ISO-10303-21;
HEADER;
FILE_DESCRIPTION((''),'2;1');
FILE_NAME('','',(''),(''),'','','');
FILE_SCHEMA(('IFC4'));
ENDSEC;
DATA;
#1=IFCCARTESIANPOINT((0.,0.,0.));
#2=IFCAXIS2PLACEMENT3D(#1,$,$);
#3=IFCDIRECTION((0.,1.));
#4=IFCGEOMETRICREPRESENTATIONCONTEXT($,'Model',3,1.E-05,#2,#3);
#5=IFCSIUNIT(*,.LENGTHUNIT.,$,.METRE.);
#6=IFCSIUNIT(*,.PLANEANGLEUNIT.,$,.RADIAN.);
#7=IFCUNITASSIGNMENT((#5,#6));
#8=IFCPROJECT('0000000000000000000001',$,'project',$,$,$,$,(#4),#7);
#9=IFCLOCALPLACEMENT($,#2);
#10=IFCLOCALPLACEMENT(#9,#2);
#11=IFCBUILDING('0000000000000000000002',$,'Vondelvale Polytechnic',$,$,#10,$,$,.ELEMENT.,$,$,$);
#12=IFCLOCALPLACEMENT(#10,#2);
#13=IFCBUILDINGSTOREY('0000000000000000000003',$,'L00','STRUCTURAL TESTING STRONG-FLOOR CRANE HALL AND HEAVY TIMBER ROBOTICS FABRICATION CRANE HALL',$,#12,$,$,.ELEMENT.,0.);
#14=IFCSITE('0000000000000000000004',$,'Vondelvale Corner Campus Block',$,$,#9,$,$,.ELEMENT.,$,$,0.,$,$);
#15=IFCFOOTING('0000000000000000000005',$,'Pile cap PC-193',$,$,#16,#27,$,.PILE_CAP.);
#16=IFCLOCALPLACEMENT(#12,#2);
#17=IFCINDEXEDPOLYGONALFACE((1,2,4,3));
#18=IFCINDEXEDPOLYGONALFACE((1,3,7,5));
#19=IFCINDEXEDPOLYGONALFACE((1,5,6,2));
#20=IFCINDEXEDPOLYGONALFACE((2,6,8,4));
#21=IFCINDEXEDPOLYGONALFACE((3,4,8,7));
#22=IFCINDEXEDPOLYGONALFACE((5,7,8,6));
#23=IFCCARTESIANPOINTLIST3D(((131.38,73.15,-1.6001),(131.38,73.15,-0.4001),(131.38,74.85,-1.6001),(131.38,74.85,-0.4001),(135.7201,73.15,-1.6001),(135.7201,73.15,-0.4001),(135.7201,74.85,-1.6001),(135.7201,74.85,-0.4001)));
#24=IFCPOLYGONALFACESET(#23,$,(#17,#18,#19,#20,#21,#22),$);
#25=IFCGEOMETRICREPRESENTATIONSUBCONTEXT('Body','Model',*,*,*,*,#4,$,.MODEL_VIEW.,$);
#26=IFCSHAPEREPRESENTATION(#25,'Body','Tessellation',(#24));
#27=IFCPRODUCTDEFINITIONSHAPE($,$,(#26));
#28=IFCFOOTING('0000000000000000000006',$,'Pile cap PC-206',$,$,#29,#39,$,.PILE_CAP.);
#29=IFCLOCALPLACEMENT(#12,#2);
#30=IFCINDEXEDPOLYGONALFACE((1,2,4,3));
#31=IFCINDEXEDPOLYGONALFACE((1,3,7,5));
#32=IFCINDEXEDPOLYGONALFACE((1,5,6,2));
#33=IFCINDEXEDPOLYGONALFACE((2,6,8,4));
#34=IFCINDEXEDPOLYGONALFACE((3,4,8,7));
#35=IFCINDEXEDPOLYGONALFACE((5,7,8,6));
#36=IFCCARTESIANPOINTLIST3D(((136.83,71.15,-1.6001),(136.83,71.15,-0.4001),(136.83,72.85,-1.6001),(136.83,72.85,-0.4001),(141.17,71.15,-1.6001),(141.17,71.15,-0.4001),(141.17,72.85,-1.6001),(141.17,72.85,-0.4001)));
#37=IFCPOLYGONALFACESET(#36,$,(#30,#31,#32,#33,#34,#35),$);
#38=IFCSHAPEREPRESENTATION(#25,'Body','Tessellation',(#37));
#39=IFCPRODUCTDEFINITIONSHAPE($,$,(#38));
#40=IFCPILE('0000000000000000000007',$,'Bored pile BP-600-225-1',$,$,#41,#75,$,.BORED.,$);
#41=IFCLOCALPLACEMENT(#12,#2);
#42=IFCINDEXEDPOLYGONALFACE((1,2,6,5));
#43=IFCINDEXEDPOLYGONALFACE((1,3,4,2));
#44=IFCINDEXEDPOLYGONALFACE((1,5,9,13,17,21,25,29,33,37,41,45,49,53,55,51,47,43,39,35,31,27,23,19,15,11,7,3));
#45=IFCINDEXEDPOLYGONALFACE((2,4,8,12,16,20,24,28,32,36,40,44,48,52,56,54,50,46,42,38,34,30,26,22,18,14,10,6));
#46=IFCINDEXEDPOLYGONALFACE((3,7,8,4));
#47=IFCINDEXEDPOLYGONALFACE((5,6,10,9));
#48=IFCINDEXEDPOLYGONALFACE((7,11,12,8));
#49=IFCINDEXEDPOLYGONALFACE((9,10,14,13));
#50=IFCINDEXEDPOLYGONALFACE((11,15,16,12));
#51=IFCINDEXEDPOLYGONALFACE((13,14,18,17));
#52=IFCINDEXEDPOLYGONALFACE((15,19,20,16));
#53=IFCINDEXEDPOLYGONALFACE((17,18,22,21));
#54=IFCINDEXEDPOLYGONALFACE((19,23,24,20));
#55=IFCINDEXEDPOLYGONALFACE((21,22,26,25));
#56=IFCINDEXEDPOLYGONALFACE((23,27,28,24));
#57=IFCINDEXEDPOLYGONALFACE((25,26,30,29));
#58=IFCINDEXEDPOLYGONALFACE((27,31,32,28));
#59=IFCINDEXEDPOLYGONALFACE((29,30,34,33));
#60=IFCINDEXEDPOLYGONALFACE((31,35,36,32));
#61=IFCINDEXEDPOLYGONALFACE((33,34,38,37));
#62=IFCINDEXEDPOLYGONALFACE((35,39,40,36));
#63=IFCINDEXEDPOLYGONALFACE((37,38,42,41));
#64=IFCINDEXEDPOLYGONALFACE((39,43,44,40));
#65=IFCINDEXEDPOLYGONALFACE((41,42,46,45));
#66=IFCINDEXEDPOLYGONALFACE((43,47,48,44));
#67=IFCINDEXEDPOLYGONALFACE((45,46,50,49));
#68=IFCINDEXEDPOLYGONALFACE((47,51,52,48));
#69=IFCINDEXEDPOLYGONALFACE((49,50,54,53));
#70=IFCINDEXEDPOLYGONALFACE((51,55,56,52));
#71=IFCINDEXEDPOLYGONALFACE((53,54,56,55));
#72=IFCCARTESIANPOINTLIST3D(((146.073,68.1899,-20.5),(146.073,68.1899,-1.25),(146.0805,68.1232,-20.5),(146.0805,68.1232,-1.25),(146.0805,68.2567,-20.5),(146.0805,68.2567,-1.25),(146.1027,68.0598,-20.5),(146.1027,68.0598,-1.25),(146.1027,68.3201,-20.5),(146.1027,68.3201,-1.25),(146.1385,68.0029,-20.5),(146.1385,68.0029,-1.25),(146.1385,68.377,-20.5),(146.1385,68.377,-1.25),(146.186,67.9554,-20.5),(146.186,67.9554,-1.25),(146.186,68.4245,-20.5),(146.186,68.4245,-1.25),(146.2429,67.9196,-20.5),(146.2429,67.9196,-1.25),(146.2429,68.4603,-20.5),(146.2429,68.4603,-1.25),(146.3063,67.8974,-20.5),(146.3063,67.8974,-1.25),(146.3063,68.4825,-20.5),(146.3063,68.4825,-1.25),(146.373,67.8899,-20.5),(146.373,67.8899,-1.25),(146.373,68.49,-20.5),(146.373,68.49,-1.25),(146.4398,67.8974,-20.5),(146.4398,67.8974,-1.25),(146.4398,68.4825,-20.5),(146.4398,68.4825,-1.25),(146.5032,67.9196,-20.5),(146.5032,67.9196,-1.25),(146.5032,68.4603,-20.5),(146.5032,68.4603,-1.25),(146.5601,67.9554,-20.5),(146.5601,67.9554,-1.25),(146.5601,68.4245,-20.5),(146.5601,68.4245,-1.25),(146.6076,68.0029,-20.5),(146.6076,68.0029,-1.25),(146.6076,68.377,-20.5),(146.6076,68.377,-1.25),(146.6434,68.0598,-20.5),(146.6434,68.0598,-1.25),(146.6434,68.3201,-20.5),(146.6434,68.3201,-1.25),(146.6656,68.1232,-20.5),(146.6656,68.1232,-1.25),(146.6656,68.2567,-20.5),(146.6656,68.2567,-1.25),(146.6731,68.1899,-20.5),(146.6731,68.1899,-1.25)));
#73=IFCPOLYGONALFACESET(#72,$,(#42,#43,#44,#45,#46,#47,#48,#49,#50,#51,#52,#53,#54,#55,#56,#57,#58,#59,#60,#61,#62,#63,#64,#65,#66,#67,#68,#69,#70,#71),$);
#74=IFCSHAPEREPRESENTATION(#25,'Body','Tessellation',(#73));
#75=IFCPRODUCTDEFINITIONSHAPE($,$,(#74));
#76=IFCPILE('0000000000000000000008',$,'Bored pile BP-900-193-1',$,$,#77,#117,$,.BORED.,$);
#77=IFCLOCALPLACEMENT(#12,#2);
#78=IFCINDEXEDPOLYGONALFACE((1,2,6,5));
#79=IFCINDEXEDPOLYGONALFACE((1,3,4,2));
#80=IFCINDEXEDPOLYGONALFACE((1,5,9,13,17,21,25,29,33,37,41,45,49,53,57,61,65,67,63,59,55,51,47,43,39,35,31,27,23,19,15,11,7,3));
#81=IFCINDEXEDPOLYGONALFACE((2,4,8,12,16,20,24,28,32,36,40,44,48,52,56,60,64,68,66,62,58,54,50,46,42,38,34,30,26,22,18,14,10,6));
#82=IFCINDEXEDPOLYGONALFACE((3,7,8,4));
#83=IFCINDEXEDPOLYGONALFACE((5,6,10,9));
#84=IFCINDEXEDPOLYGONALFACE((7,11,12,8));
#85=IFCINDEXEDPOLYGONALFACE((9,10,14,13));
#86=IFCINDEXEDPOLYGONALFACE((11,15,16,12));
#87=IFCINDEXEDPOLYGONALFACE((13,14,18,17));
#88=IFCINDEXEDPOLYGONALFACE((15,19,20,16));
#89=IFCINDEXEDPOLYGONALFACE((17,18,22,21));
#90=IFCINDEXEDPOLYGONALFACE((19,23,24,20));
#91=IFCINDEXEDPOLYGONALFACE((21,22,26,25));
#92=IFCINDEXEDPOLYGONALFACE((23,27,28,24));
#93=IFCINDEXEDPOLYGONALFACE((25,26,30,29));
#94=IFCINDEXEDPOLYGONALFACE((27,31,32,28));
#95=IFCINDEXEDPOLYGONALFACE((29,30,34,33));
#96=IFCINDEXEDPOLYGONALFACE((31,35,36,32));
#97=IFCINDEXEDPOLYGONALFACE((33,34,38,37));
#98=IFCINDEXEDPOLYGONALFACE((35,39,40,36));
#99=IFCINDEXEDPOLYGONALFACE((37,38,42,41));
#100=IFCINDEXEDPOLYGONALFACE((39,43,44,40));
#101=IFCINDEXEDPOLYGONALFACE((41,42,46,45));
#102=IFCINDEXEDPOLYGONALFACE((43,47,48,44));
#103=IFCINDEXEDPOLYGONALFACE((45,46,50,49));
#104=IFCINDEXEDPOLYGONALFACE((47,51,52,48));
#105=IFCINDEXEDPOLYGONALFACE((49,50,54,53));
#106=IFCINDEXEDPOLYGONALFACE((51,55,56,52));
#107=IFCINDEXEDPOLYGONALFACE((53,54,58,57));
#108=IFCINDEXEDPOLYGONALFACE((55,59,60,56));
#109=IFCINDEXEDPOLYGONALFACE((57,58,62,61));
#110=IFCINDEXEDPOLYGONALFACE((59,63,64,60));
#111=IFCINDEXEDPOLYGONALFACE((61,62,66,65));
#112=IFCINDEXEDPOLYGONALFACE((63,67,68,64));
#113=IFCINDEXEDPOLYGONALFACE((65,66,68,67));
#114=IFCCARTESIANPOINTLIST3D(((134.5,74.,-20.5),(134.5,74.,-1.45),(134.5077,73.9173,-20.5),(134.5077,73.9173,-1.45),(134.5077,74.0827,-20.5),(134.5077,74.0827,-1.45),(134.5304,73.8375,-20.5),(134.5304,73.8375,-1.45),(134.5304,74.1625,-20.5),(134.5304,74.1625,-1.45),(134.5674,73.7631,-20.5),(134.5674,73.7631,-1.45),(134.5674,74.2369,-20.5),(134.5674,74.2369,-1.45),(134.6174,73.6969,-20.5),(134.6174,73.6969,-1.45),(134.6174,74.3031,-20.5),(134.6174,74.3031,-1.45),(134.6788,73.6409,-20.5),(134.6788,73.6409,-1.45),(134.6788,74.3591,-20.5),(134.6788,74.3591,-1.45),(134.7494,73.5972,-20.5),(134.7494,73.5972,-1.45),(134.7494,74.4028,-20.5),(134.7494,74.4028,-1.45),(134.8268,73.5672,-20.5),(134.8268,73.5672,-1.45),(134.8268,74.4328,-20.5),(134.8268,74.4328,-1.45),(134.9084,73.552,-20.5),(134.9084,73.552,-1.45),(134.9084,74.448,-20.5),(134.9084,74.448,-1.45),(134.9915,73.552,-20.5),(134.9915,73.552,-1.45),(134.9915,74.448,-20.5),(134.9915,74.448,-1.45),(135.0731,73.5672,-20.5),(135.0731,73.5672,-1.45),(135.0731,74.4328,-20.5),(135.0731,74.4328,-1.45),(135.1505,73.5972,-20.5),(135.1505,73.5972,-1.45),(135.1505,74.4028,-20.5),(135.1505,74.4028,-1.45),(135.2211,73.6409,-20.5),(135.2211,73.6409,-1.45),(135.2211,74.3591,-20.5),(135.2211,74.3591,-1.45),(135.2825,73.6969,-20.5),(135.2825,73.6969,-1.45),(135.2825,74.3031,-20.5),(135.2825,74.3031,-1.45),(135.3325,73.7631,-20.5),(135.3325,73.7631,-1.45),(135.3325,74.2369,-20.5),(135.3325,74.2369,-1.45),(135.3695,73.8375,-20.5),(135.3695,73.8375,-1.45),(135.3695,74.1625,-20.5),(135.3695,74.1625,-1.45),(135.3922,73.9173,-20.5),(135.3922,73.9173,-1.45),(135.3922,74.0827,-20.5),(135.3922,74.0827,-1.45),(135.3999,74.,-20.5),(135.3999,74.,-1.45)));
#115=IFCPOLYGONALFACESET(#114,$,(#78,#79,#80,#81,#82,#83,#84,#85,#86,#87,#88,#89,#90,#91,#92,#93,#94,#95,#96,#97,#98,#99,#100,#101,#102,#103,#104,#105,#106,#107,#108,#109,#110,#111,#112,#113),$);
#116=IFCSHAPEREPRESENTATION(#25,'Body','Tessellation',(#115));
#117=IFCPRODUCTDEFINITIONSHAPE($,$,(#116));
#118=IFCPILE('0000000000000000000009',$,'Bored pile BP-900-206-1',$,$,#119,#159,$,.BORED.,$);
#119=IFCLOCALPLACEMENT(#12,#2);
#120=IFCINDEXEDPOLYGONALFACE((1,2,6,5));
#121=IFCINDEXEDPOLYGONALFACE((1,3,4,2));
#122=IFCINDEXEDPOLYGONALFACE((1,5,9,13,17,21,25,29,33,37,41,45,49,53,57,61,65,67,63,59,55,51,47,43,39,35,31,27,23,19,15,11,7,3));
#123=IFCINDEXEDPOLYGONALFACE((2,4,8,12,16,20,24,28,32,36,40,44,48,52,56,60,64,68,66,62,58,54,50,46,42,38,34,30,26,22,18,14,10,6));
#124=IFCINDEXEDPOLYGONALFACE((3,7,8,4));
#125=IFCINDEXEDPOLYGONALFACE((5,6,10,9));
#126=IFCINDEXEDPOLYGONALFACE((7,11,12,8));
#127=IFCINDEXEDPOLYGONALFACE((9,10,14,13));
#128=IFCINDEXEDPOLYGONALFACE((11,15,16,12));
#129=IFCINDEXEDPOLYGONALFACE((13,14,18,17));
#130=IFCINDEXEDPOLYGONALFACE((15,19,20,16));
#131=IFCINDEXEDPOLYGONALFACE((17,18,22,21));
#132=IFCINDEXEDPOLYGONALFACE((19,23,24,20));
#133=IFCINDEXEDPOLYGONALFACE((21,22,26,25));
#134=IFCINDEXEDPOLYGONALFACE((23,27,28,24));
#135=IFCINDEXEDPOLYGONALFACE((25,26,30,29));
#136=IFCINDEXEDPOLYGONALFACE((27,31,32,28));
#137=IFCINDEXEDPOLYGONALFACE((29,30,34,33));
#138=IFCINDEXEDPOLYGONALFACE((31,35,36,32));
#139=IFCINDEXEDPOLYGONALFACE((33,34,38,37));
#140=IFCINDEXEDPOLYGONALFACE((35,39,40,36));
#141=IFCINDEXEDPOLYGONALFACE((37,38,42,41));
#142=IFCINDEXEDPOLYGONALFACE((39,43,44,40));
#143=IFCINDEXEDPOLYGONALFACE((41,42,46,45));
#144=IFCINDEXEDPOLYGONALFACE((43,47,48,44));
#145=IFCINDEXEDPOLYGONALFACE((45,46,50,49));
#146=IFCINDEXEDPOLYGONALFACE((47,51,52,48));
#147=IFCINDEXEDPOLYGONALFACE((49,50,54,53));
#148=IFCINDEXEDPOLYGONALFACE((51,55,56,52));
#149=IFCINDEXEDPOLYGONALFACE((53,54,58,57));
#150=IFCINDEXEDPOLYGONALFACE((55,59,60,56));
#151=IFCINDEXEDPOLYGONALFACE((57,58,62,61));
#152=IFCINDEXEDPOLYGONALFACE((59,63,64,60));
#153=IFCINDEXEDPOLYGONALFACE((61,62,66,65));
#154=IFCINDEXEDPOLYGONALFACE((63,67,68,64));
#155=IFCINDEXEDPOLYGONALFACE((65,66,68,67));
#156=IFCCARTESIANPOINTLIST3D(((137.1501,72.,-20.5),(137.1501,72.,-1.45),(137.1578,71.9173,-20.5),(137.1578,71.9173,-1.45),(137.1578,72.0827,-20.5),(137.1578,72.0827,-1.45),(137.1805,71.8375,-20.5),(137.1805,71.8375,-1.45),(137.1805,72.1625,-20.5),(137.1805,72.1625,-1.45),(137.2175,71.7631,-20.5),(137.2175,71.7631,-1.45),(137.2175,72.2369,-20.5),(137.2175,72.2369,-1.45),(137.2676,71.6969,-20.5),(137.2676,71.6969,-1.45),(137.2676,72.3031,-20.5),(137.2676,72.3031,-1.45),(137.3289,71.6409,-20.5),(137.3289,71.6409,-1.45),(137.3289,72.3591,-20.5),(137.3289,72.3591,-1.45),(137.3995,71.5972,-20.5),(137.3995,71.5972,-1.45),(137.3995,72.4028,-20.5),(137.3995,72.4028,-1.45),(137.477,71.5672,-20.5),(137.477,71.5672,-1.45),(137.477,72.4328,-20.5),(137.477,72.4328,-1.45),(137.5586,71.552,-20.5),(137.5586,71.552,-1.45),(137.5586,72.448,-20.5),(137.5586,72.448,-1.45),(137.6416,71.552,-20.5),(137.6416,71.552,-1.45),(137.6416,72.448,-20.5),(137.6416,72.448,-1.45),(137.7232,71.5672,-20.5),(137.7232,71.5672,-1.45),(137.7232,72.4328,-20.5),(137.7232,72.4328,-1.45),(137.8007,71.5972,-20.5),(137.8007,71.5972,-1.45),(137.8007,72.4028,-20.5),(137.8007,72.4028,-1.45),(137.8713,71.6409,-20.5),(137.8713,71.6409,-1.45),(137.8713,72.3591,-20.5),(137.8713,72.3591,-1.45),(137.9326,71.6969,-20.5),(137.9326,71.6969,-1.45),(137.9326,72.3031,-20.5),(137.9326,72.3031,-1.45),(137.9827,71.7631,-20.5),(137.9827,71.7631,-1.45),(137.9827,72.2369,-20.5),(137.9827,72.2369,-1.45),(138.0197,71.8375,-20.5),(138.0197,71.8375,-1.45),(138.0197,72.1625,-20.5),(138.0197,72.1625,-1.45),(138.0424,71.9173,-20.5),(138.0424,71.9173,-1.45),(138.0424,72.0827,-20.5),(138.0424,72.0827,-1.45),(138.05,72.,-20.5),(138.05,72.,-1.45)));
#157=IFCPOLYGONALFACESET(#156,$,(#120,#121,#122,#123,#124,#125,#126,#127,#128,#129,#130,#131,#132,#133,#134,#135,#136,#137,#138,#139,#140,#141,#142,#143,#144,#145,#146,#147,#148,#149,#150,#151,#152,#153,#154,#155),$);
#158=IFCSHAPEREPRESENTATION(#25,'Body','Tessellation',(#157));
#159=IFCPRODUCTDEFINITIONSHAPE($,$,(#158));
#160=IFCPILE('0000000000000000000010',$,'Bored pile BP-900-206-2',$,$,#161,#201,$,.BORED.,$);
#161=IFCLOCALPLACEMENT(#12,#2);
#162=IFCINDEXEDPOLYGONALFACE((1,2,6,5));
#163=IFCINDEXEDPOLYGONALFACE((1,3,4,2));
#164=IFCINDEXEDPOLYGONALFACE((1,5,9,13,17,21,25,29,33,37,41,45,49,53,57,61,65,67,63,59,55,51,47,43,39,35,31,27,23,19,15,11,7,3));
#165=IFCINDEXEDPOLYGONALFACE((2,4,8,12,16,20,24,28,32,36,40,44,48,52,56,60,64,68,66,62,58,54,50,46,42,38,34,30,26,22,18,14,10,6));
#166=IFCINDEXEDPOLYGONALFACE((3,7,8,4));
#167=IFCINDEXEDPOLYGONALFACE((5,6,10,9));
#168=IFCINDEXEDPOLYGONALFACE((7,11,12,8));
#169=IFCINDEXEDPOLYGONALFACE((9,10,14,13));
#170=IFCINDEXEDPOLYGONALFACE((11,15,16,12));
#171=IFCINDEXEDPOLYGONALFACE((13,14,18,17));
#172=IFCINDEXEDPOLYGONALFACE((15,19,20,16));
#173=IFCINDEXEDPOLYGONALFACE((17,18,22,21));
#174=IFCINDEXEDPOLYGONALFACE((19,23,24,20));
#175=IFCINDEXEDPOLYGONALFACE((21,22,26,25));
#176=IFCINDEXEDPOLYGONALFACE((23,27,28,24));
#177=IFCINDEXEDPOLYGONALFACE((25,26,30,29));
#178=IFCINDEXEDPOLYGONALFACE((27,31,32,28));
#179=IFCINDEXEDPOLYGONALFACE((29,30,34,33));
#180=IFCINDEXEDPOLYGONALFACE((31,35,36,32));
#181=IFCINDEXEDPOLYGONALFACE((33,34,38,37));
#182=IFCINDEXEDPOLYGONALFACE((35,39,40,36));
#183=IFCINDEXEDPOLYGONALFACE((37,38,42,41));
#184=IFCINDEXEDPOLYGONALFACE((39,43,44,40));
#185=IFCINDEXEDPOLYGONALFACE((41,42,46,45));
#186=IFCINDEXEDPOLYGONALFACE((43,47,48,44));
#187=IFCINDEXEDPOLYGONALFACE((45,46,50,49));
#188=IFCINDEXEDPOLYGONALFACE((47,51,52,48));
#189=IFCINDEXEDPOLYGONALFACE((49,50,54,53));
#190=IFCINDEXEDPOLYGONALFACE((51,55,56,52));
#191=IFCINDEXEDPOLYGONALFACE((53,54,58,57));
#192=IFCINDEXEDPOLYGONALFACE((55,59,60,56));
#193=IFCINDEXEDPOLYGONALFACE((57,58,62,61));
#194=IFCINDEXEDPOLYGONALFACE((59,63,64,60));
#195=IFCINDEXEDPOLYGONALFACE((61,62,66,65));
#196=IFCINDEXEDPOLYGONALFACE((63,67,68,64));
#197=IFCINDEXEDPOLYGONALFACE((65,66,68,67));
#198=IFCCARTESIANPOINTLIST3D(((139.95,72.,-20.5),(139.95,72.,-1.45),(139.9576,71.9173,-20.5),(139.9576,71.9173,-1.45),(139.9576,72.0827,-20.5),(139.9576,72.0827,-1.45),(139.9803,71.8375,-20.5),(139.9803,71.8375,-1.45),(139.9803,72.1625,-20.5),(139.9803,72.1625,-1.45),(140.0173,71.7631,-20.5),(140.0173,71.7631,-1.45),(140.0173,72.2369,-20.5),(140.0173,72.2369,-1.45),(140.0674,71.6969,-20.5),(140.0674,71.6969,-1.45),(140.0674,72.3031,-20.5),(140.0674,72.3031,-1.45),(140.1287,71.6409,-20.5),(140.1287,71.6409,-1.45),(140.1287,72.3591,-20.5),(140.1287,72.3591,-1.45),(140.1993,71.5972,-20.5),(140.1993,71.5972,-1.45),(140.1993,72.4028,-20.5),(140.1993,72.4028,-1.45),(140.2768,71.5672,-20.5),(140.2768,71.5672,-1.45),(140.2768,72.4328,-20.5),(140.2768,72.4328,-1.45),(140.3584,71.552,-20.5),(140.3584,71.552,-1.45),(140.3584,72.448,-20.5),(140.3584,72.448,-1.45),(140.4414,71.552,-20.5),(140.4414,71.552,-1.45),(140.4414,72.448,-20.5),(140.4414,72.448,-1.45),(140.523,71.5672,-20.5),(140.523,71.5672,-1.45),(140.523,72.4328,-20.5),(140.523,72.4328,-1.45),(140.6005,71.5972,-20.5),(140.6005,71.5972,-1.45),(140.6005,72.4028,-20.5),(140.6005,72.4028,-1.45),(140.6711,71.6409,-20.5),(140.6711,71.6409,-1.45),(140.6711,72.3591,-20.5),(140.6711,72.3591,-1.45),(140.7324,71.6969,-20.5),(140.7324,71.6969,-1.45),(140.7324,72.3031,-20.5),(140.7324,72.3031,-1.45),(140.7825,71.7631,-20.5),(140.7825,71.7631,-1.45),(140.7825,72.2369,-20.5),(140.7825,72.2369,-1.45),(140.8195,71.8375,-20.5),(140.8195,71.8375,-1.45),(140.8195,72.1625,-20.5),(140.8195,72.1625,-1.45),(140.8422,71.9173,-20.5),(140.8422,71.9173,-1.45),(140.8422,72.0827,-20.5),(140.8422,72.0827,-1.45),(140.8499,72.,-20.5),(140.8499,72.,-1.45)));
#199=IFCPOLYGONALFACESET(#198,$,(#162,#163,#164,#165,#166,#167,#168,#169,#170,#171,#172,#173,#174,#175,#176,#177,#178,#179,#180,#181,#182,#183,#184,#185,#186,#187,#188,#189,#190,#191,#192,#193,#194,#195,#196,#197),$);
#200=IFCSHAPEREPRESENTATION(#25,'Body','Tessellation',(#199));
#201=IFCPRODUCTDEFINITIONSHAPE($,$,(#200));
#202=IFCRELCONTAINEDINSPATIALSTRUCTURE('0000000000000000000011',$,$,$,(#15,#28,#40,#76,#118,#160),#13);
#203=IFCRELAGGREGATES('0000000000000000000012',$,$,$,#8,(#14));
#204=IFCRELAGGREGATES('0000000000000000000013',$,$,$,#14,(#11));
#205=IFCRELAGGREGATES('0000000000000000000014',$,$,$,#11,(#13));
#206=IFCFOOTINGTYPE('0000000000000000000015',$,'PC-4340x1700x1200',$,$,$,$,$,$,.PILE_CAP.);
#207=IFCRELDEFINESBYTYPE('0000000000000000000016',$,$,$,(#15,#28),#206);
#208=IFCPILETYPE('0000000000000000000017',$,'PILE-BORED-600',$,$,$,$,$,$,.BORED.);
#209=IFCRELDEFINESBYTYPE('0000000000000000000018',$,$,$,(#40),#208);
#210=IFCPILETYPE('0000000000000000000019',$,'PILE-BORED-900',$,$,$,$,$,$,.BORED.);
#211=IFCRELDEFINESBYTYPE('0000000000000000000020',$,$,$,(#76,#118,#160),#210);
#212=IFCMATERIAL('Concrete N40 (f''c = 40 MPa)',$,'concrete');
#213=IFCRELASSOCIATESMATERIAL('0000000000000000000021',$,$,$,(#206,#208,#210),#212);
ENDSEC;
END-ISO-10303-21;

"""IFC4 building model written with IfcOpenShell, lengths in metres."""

from ifc_helpers import new_model, si_unit, direction, frame, origin, origin_2d, place, context, subcontext, project, spatial, rectangle, circle, extrude, material, material_profile, profile_set, type_object, element, save


model = new_model("IFC4")

# Units and contexts
model_context = context("Model", 3, precision=1e-05, world=origin(), true_north=direction((0.0, 1.0)))
body_context = subcontext(model_context, "Body", "Model", "MODEL_VIEW")
ifc_project = project(units=[si_unit("LENGTHUNIT", "METRE"), si_unit("PLANEANGLEUNIT", "RADIAN")], contexts=[model_context])

# Site, building, storey
site_placement = place(None, origin())
site = spatial("IfcSite", under=ifc_project, at=site_placement, Name="Vondelvale Corner Campus Block", CompositionType="ELEMENT", RefElevation=0.0)
building_placement = place(site_placement, origin())
building = spatial("IfcBuilding", under=site, at=building_placement, Name="Vondelvale Polytechnic", CompositionType="ELEMENT")
storey_placement = place(building_placement, origin())
storey = spatial("IfcBuildingStorey", under=building, at=storey_placement, Name="L00", Description="STRUCTURAL TESTING STRONG-FLOOR CRANE HALL AND HEAVY TIMBER ROBOTICS FABRICATION CRANE HALL", CompositionType="ELEMENT", Elevation=0.0)

# Footings
ifc_material_1 = material(Name="Concrete N40 (f'c = 40 MPa)", Category="concrete")
footing_type = type_object("IfcFootingType", Name="PC-4340x1700x1200", PredefinedType="PILE_CAP", material=ifc_material_1)
for number, where, z_axis, x_axis, name in (
    (1, (133.55, 74.0, -1.6001), (0.0, 0.0, 1.0), (1.0, 0.0, 0.0), "Pile cap PC-193"),
    (2, (139.0, 72.0, -1.6001), (0.0, 0.0, 1.0), (1.0, 0.0, 0.0), "Pile cap PC-206"),
):
    element("IfcFooting", number, at=place(storey_placement, frame(where, z_axis=z_axis, x_axis=x_axis)), inside=storey, type_object=footing_type, Name=name, PredefinedType="PILE_CAP", context=body_context, shape_type="SweptSolid", body=[
        extrude(rectangle(XDim=4.3401, YDim=1.7, at=origin_2d()), origin(), (0.0, 0.0, 1.0), 1.2),
    ])

# Piles
ifc_material_profile_1 = material_profile(ifc_material_1, circle(Radius=0.3, at=origin_2d()), Name="PILE-D600")
ifc_profile_set_1 = profile_set([ifc_material_profile_1], Name="Concrete N40 (f'c = 40 MPa)")
pile_type_1 = type_object("IfcPileType", Name="PILE-BORED-600", PredefinedType="BORED", material=ifc_profile_set_1)
pile_placement = place(storey_placement, frame((146.373, 68.1899, -1.25), z_axis=(0.0, 0.0, -1.0), x_axis=(1.0, 0.0, 0.0)))
element("IfcPile", 3, at=pile_placement, inside=storey, type_object=pile_type_1, Name="Bored pile BP-600-225-1", PredefinedType="BORED", context=body_context, shape_type="SweptSolid", body=[
    extrude(circle(Radius=0.3, at=origin_2d()), origin(), (0.0, 0.0, 1.0), 19.25),
])
ifc_material_profile_2 = material_profile(ifc_material_1, circle(Radius=0.45, at=origin_2d()), Name="PILE-D900")
ifc_profile_set_2 = profile_set([ifc_material_profile_2], Name="Concrete N40 (f'c = 40 MPa)")
pile_type_2 = type_object("IfcPileType", Name="PILE-BORED-900", PredefinedType="BORED", material=ifc_profile_set_2)
for number, where, z_axis, x_axis, name in (
    (4, (134.95, 74.0, -1.45), (0.0, 0.0, -1.0), (1.0, 0.0, 0.0), "Bored pile BP-900-193-1"),
    (5, (137.6001, 72.0, -1.45), (0.0, 0.0, -1.0), (1.0, 0.0, 0.0), "Bored pile BP-900-206-1"),
    (6, (140.3999, 72.0, -1.45), (0.0, 0.0, -1.0), (1.0, 0.0, 0.0), "Bored pile BP-900-206-2"),
):
    element("IfcPile", number, at=place(storey_placement, frame(where, z_axis=z_axis, x_axis=x_axis)), inside=storey, type_object=pile_type_2, Name=name, PredefinedType="BORED", context=body_context, shape_type="SweptSolid", body=[
        extrude(circle(Radius=0.45, at=origin_2d()), origin(), (0.0, 0.0, 1.0), 19.05),
    ])

save(model, "model.ifc")
